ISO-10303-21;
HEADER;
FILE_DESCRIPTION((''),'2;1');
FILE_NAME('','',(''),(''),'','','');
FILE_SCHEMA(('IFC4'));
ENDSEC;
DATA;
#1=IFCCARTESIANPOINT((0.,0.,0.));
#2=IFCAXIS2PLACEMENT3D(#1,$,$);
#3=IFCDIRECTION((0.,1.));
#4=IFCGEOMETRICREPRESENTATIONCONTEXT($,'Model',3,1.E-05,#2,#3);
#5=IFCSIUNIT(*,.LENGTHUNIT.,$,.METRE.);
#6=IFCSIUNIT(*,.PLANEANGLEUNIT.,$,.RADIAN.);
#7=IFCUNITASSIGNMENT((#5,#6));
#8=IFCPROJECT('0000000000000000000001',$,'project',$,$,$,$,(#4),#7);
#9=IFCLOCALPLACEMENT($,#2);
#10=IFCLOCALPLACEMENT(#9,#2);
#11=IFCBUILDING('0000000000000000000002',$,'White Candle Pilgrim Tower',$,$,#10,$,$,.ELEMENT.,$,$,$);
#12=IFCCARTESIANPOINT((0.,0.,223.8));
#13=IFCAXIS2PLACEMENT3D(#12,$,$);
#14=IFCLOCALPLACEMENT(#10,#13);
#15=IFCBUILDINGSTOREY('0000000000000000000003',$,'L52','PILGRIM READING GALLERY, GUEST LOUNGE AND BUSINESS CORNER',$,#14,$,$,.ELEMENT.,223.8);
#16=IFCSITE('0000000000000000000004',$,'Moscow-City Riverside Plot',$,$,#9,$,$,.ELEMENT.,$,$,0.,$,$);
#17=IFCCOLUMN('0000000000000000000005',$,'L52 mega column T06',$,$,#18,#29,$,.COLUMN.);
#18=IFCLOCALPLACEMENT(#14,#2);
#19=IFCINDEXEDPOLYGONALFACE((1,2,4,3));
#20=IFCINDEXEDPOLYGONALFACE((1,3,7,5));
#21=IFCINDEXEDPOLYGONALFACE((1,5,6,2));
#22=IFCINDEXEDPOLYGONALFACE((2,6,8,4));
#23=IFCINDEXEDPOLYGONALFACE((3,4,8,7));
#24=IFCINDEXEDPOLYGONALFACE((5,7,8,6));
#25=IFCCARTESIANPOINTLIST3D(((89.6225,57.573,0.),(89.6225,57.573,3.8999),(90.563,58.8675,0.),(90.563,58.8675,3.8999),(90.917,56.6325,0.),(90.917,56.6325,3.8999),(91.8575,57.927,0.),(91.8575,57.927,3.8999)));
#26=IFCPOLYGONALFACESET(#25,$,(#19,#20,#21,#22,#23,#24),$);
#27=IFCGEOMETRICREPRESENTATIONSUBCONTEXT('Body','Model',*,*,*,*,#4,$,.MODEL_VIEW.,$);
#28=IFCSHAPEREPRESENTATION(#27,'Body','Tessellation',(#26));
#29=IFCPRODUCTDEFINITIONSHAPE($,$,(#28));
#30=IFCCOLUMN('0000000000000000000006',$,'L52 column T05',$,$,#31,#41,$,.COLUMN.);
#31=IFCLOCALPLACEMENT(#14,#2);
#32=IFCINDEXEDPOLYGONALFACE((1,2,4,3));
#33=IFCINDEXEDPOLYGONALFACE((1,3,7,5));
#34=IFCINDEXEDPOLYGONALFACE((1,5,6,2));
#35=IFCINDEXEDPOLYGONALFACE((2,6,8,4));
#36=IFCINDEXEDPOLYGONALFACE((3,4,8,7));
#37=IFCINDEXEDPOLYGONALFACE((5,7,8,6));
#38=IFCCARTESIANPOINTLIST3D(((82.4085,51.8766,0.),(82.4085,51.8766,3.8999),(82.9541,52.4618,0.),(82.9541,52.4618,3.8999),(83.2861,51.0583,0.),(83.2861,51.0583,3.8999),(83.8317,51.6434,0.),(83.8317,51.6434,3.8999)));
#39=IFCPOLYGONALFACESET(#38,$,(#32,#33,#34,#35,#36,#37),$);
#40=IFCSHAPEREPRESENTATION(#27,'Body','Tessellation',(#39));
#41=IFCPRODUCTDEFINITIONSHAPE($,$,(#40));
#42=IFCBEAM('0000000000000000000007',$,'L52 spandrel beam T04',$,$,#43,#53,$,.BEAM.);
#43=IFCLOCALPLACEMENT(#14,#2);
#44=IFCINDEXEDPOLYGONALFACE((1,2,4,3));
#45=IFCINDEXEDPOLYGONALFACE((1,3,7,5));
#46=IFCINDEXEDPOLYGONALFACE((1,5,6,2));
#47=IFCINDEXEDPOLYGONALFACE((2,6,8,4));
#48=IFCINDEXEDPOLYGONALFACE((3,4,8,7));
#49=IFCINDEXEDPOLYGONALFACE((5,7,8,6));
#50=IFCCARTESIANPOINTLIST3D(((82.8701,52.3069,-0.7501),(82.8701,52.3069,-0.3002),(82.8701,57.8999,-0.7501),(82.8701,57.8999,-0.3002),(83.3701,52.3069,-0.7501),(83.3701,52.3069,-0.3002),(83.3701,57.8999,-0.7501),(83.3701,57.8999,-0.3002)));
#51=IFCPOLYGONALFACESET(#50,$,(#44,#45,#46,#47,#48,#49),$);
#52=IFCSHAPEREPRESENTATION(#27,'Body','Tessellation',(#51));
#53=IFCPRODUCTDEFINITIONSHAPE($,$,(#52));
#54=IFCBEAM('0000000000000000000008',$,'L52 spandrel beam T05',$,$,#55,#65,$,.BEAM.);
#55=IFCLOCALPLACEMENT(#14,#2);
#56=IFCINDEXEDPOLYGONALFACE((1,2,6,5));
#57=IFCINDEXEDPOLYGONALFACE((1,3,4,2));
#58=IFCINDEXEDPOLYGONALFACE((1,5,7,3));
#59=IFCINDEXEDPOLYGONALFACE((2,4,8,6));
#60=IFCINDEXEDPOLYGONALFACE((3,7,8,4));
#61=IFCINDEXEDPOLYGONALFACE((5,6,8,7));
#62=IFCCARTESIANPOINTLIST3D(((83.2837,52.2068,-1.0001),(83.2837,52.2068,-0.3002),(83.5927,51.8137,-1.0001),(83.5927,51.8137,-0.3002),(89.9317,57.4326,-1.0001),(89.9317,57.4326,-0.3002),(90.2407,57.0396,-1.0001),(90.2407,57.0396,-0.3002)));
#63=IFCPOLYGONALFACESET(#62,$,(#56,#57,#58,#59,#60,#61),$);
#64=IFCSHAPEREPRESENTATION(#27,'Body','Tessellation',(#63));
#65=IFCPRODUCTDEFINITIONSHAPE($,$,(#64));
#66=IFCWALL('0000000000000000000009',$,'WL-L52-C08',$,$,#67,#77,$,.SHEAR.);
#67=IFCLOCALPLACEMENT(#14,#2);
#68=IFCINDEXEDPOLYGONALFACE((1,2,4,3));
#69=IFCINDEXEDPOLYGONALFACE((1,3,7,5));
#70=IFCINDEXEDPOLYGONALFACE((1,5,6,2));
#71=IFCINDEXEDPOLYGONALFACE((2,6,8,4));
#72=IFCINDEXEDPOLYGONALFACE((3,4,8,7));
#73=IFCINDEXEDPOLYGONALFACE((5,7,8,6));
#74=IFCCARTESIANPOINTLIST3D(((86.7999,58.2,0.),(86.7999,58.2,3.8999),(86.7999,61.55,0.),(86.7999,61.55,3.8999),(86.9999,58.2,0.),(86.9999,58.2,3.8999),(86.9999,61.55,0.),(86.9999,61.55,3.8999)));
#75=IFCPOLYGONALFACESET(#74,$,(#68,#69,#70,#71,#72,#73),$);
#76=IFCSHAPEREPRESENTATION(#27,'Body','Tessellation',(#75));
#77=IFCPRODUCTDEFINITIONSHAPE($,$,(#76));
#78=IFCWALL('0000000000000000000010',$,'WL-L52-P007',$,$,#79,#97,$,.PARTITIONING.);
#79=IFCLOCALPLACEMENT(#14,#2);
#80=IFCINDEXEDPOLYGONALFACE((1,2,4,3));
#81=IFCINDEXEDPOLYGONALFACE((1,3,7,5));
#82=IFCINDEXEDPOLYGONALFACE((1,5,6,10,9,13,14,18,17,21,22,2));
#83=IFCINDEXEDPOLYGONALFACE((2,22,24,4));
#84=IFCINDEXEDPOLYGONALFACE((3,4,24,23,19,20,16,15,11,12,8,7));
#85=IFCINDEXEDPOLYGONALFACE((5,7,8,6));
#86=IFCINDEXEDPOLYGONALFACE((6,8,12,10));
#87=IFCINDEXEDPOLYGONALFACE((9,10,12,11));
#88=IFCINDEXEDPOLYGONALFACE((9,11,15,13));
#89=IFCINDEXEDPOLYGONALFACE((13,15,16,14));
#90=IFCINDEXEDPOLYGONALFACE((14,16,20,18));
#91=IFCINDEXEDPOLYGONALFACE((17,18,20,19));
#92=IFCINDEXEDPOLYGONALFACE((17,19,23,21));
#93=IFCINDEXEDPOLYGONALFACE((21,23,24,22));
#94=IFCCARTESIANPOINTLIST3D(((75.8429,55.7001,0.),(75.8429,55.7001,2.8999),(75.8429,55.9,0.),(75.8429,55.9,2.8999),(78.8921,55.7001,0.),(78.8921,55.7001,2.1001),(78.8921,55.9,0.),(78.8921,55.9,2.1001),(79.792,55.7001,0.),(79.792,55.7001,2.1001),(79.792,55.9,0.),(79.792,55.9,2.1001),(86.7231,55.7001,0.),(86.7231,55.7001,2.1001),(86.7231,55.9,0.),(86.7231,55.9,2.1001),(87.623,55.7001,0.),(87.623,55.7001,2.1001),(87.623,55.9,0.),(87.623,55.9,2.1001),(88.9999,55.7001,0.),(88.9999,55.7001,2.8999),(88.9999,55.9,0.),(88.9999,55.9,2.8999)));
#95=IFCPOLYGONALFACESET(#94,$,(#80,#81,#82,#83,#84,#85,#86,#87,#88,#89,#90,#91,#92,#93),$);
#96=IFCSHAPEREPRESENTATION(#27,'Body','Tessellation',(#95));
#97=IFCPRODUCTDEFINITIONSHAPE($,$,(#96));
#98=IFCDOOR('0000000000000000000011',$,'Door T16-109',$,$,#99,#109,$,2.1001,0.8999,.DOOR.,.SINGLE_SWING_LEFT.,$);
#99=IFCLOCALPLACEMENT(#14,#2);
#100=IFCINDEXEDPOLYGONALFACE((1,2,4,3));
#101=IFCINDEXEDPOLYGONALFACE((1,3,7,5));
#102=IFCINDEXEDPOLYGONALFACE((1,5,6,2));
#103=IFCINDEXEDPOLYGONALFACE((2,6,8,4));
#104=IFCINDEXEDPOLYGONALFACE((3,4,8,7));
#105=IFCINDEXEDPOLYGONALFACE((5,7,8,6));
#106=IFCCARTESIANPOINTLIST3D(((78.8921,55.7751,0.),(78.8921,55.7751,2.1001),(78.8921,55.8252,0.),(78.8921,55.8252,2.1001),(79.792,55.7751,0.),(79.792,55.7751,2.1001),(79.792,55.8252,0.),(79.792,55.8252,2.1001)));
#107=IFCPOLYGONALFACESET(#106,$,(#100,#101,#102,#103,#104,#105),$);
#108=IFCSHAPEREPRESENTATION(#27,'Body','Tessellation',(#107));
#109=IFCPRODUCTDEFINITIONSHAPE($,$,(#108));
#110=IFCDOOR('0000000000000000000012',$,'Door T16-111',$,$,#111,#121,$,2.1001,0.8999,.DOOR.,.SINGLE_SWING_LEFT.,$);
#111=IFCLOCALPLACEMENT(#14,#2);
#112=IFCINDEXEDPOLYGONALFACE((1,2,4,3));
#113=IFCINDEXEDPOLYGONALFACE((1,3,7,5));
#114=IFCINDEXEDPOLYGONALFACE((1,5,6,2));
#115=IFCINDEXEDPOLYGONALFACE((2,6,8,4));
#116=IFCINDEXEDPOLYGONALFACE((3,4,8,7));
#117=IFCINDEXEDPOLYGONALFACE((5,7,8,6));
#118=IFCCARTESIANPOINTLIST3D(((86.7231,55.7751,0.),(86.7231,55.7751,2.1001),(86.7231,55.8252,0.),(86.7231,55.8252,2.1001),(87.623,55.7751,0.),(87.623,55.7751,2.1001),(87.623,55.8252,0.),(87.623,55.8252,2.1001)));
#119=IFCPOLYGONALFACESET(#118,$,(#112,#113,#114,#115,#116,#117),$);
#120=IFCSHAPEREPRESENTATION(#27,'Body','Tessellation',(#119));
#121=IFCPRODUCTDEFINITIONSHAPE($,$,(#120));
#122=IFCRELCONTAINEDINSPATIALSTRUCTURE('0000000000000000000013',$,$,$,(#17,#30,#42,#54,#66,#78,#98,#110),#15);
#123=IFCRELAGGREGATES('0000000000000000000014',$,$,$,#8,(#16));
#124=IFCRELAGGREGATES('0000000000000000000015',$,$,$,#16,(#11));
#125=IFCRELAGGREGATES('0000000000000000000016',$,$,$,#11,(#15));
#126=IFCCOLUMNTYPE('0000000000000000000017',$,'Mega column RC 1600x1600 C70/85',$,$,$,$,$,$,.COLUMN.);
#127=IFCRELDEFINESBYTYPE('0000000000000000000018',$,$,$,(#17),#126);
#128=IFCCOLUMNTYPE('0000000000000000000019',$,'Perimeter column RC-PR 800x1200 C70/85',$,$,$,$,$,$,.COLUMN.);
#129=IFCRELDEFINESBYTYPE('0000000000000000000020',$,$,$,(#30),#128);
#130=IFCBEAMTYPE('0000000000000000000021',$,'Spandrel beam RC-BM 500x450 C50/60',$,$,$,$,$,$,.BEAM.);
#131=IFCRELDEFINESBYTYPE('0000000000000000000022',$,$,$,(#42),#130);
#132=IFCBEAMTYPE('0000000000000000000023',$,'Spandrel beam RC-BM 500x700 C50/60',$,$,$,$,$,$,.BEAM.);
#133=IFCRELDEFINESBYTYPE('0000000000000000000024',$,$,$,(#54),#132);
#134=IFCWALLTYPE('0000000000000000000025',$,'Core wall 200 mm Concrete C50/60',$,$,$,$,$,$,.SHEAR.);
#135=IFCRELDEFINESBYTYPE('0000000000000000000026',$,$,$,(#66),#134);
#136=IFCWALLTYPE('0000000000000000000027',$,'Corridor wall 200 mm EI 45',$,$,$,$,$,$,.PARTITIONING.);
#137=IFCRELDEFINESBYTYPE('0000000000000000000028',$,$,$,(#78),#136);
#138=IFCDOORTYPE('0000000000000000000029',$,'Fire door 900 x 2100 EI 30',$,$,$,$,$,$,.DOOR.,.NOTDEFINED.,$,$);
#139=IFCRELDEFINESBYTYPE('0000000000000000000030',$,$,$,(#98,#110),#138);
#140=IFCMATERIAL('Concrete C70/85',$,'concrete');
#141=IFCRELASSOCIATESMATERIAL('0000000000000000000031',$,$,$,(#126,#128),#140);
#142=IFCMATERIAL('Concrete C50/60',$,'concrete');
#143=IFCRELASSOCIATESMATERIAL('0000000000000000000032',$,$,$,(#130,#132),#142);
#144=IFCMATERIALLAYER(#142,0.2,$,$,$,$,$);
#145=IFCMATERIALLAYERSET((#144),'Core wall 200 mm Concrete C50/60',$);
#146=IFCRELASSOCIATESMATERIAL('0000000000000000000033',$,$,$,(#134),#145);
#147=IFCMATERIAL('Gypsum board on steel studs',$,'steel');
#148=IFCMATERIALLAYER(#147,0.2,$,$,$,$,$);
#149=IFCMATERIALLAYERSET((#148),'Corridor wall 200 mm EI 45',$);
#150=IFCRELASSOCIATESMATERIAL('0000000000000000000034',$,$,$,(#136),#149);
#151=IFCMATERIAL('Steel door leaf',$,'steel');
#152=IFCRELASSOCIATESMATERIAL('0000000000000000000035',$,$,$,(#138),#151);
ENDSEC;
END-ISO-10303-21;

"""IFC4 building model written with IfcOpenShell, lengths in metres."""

from ifc_helpers import new_model, si_unit, direction, frame, frame_2d, origin, origin_2d, place, context, subcontext, project, spatial, rectangle, extrude, material, layer, layer_set, material_profile, profile_set, type_object, element, fill, save


model = new_model("IFC4")

# Units and contexts
model_context = context("Model", 3, precision=1e-05, world=origin(), true_north=direction((0.0, 1.0)))
body_context = subcontext(model_context, "Body", "Model", "MODEL_VIEW")
ifc_project = project(units=[si_unit("LENGTHUNIT", "METRE"), si_unit("PLANEANGLEUNIT", "RADIAN")], contexts=[model_context])

# Site, building, storey
site_placement = place(None, origin())
site = spatial("IfcSite", under=ifc_project, at=site_placement, Name="Moscow-City Riverside Plot", CompositionType="ELEMENT", RefElevation=0.0)
building_placement = place(site_placement, origin())
building = spatial("IfcBuilding", under=site, at=building_placement, Name="White Candle Pilgrim Tower", CompositionType="ELEMENT")
storey_placement = place(building_placement, frame((0.0, 0.0, 223.8)))
storey = spatial("IfcBuildingStorey", under=building, at=storey_placement, Name="L52", Description="PILGRIM READING GALLERY, GUEST LOUNGE AND BUSINESS CORNER", CompositionType="ELEMENT", Elevation=223.8)

# Columns
ifc_material_1 = material(Name="Concrete C70/85", Category="concrete")
ifc_material_profile_1 = material_profile(ifc_material_1, rectangle(XDim=1.6001, YDim=1.6001, at=origin_2d()), Name="RC 1600x1600")
ifc_profile_set_1 = profile_set([ifc_material_profile_1], Name="Concrete C70/85")
column_type_1 = type_object("IfcColumnType", Name="Mega column RC 1600x1600 C70/85", PredefinedType="COLUMN", material=ifc_profile_set_1)
column_1_placement = place(storey_placement, frame((90.74, 57.75, 0.0), z_axis=(0.0, 0.0, 1.0), x_axis=(0.809017, -0.587785, 0.0)))
element("IfcColumn", 1, at=column_1_placement, inside=storey, type_object=column_type_1, Name="L52 mega column T06", PredefinedType="COLUMN", context=body_context, shape_type="SweptSolid", body=[
    extrude(rectangle(XDim=1.6001, YDim=1.6001, at=origin_2d()), origin(), (0.0, 0.0, 1.0), 3.8999),
])
ifc_material_profile_2 = material_profile(ifc_material_1, rectangle(XDim=0.8, YDim=1.2, at=origin_2d()), Name="RC-PR 800x1200")
ifc_profile_set_2 = profile_set([ifc_material_profile_2], Name="Concrete C70/85")
column_type_2 = type_object("IfcColumnType", Name="Perimeter column RC-PR 800x1200 C70/85", PredefinedType="COLUMN", material=ifc_profile_set_2)
column_2_placement = place(storey_placement, frame((83.1201, 51.76, 0.0), z_axis=(0.0, 0.0, 1.0), x_axis=(-0.681998, -0.731354, 0.0)))
element("IfcColumn", 2, at=column_2_placement, inside=storey, type_object=column_type_2, Name="L52 column T05", PredefinedType="COLUMN", context=body_context, shape_type="SweptSolid", body=[
    extrude(rectangle(XDim=0.8, YDim=1.2, at=origin_2d()), origin(), (0.0, 0.0, 1.0), 3.8999),
])

# Beams
ifc_material_2 = material(Name="Concrete C50/60", Category="concrete")
ifc_material_profile_3 = material_profile(ifc_material_2, rectangle(XDim=0.5, YDim=0.45, at=origin_2d()), Name="RC-BM 500x450")
ifc_profile_set_3 = profile_set([ifc_material_profile_3], Name="Concrete C50/60")
beam_type_1 = type_object("IfcBeamType", Name="Spandrel beam RC-BM 500x450 C50/60", PredefinedType="BEAM", material=ifc_profile_set_3)
beam_1_placement = place(storey_placement, frame((83.1201, 52.3069, -0.5251), z_axis=(0.0, 1.0, 0.0), x_axis=(-1.0, 0.0, 0.0)))
element("IfcBeam", 3, at=beam_1_placement, inside=storey, type_object=beam_type_1, Name="L52 spandrel beam T04", PredefinedType="BEAM", context=body_context, shape_type="SweptSolid", body=[
    extrude(rectangle(XDim=0.5, YDim=0.45, at=origin_2d()), origin(), (0.0, 0.0, 1.0), 5.593),
])
ifc_material_profile_4 = material_profile(ifc_material_2, rectangle(XDim=0.5, YDim=0.7, at=origin_2d()), Name="RC-BM 500x700")
ifc_profile_set_4 = profile_set([ifc_material_profile_4], Name="Concrete C50/60")
beam_type_2 = type_object("IfcBeamType", Name="Spandrel beam RC-BM 500x700 C50/60", PredefinedType="BEAM", material=ifc_profile_set_4)
beam_2_placement = place(storey_placement, frame((83.4382, 52.0103, -0.6501), z_axis=(0.786178, 0.618, 0.0), x_axis=(-0.618, 0.786178, 0.0)))
element("IfcBeam", 4, at=beam_2_placement, inside=storey, type_object=beam_type_2, Name="L52 spandrel beam T05", PredefinedType="BEAM", context=body_context, shape_type="SweptSolid", body=[
    extrude(rectangle(XDim=0.5, YDim=0.7, at=origin_2d()), origin(), (0.0, 0.0, 1.0), 8.4561),
])

# Wall
ifc_layer_1 = layer(ifc_material_2, 0.2)
ifc_layer_set_1 = layer_set([ifc_layer_1], Name="Core wall 200 mm Concrete C50/60")
wall_type_1 = type_object("IfcWallType", Name="Core wall 200 mm Concrete C50/60", PredefinedType="SHEAR", material=ifc_layer_set_1)
wall_1_placement = place(storey_placement, frame((86.8999, 58.2, 0.0), z_axis=(0.0, 0.0, 1.0), x_axis=(0.0, 1.0, 0.0)))
element("IfcWall", 5, at=wall_1_placement, inside=storey, type_object=wall_type_1, Name="WL-L52-C08", PredefinedType="SHEAR", context=body_context, shape_type="SweptSolid", body=[
    extrude(rectangle(XDim=3.3501, YDim=0.2, at=frame_2d((1.675, 0.0))), origin(), (0.0, 0.0, 1.0), 3.8999),
])

# Wall, openings, doors
ifc_material_3 = material(Name="Gypsum board on steel studs", Category="steel")
ifc_layer_2 = layer(ifc_material_3, 0.2)
ifc_layer_set_2 = layer_set([ifc_layer_2], Name="Corridor wall 200 mm EI 45")
wall_type_2 = type_object("IfcWallType", Name="Corridor wall 200 mm EI 45", PredefinedType="PARTITIONING", material=ifc_layer_set_2)
wall_2_placement = place(storey_placement, frame((89.0, 55.8, 0.0), z_axis=(0.0, 0.0, 1.0), x_axis=(-1.0, 0.0, 0.0)))
wall_2 = element("IfcWall", 6, at=wall_2_placement, inside=storey, type_object=wall_type_2, Name="WL-L52-P007", PredefinedType="PARTITIONING", context=body_context, shape_type="SweptSolid", body=[
    extrude(rectangle(XDim=13.157, YDim=0.2, at=frame_2d((6.5786, 0.0))), origin(), (0.0, 0.0, 1.0), 2.8999),
])
opening_1_placement = place(wall_2_placement, frame((9.208, 0.0, 0.0)))
opening_1 = element("IfcOpeningElement", 7, at=opening_1_placement, cuts=wall_2, PredefinedType="OPENING", context=body_context, shape_type="SweptSolid", body=[
    extrude(rectangle(XDim=0.8999, YDim=2.1001, at=frame_2d((0.45, 1.05))), frame((0.0, 0.1099, 0.0), z_axis=(0.0, -1.0, 0.0), x_axis=(1.0, 0.0, 0.0)), (0.0, 0.0, 1.0), 0.22),
])
opening_2_placement = place(wall_2_placement, frame((1.377, 0.0, 0.0)))
opening_2 = element("IfcOpeningElement", 8, at=opening_2_placement, cuts=wall_2, PredefinedType="OPENING", context=body_context, shape_type="SweptSolid", body=[
    extrude(rectangle(XDim=0.8999, YDim=2.1001, at=frame_2d((0.45, 1.05))), frame((0.0, 0.1099, 0.0), z_axis=(0.0, -1.0, 0.0), x_axis=(1.0, 0.0, 0.0)), (0.0, 0.0, 1.0), 0.22),
])
ifc_material_4 = material(Name="Steel door leaf", Category="steel")
door_type_1 = type_object("IfcDoorType", Name="Fire door 900 x 2100 EI 30", OperationType="NOTDEFINED", PredefinedType="DOOR", material=ifc_material_4)
door_1_placement = place(opening_1_placement, origin())
door_1 = element("IfcDoor", 9, at=door_1_placement, inside=storey, type_object=door_type_1, Name="Door T16-109", OperationType="SINGLE_SWING_LEFT", OverallHeight=2.1001, OverallWidth=0.8999, PredefinedType="DOOR", context=body_context, shape_type="SweptSolid", body=[
    extrude(rectangle(XDim=0.8999, YDim=2.1001, at=frame_2d((0.45, 1.05))), frame((0.0, 0.0249, 0.0), z_axis=(0.0, -1.0, 0.0), x_axis=(1.0, 0.0, 0.0)), (0.0, 0.0, 1.0), 0.05),
])
fill(opening_1, door_1)
door_2_placement = place(opening_2_placement, origin())
door_2 = element("IfcDoor", 10, at=door_2_placement, inside=storey, type_object=door_type_1, Name="Door T16-111", OperationType="SINGLE_SWING_LEFT", OverallHeight=2.1001, OverallWidth=0.8999, PredefinedType="DOOR", context=body_context, shape_type="SweptSolid", body=[
    extrude(rectangle(XDim=0.8999, YDim=2.1001, at=frame_2d((0.45, 1.05))), frame((0.0, 0.0249, 0.0), z_axis=(0.0, -1.0, 0.0), x_axis=(1.0, 0.0, 0.0)), (0.0, 0.0, 1.0), 0.05),
])
fill(opening_2, door_2)

save(model, "model.ifc")
